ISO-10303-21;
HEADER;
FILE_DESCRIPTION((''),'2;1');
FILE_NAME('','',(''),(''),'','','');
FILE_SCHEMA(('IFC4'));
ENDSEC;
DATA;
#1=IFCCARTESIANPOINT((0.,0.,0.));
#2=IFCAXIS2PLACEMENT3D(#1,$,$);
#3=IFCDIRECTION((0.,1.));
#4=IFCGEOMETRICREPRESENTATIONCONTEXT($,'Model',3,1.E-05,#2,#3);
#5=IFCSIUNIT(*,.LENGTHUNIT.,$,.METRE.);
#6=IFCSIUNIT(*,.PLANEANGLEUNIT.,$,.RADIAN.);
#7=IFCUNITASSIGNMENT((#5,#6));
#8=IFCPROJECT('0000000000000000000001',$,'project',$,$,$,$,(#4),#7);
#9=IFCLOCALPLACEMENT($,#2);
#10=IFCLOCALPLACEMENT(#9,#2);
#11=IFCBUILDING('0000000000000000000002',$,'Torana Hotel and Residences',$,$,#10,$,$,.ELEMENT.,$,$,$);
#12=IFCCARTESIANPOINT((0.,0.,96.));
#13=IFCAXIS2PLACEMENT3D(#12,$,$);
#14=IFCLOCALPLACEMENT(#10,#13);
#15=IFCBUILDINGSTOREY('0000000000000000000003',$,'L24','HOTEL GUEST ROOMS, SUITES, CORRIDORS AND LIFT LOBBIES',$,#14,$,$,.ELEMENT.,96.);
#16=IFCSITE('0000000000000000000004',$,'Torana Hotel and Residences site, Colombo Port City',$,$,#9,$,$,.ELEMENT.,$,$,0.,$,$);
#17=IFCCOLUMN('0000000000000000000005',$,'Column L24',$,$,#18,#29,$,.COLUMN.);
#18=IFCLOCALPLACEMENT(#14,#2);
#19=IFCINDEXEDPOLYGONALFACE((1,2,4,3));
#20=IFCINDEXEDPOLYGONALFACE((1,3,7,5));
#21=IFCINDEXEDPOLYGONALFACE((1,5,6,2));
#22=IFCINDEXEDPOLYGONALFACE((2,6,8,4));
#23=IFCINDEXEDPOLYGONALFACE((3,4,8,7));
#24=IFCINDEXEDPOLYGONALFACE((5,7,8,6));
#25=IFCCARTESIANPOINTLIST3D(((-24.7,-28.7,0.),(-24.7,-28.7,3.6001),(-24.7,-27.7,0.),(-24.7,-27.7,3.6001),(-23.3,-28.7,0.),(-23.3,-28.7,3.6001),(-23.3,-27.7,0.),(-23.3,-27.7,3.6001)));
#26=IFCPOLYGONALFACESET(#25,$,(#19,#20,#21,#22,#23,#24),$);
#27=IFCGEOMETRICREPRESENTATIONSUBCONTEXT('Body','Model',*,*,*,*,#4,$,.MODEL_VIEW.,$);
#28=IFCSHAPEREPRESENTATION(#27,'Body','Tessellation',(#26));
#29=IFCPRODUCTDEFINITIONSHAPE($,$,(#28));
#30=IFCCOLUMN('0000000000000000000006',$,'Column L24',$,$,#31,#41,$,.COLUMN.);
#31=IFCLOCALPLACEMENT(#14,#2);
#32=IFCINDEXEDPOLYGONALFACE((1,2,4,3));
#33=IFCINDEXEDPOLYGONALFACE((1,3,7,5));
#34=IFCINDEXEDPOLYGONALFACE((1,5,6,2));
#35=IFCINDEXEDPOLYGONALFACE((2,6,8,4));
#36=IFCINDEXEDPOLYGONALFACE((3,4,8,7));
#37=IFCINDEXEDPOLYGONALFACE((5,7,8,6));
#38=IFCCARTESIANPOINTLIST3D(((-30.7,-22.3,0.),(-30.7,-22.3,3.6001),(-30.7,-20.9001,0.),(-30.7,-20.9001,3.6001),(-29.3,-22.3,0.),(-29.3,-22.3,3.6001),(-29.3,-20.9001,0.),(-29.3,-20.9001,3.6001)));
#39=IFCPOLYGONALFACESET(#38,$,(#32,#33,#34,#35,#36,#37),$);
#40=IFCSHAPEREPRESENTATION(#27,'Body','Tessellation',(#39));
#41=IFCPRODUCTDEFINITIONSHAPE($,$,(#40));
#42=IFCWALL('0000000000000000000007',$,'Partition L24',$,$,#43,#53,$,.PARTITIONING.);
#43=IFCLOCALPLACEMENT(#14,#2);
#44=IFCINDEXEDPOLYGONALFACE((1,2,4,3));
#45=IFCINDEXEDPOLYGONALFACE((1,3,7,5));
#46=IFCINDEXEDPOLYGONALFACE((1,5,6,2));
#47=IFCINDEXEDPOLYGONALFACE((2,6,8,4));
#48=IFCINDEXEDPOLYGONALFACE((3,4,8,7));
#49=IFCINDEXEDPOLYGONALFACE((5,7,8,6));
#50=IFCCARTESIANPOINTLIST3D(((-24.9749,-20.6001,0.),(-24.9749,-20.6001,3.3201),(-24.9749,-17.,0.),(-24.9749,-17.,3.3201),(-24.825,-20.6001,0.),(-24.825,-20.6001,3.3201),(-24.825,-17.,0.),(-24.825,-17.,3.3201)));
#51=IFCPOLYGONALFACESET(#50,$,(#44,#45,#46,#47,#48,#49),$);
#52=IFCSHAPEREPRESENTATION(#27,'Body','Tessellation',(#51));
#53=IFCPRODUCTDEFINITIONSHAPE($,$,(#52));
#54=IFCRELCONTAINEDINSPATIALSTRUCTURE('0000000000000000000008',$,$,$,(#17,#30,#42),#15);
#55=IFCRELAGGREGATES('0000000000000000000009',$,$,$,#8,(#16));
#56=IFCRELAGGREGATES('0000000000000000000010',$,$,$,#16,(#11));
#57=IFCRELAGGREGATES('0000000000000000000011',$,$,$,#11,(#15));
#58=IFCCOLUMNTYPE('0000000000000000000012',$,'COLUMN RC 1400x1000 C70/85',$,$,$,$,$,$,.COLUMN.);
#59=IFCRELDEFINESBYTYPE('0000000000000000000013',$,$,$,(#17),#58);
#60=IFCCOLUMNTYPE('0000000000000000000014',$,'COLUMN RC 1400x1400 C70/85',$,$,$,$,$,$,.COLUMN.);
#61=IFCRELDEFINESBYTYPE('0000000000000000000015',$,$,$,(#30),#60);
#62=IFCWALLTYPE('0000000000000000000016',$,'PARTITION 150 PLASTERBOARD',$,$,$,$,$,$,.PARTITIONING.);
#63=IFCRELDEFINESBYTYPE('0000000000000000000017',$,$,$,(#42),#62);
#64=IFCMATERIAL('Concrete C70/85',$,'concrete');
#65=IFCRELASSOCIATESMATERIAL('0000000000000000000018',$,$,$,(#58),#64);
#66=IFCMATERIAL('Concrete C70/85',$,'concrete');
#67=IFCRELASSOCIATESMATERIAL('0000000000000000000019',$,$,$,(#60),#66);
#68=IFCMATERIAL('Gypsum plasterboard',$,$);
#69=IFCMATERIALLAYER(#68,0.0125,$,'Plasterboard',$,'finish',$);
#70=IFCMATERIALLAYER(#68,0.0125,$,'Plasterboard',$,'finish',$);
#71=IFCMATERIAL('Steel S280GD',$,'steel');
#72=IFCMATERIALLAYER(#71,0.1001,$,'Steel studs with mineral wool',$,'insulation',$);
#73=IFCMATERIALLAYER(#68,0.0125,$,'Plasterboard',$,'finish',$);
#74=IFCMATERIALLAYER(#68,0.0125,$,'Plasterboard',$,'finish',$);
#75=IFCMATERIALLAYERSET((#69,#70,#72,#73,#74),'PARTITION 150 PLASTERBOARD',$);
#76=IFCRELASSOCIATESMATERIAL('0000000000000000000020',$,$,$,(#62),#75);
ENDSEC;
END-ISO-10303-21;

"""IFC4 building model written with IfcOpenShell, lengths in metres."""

from ifc_helpers import new_model, si_unit, direction, frame, frame_2d, origin, origin_2d, place, context, subcontext, project, spatial, rectangle, extrude, material, layer, layer_set, material_profile, profile_set, type_object, element, save


model = new_model("IFC4")

# Units and contexts
model_context = context("Model", 3, precision=1e-05, world=origin(), true_north=direction((0.0, 1.0)))
body_context = subcontext(model_context, "Body", "Model", "MODEL_VIEW")
ifc_project = project(units=[si_unit("LENGTHUNIT", "METRE"), si_unit("PLANEANGLEUNIT", "RADIAN")], contexts=[model_context])

# Site, building, storey
site_placement = place(None, origin())
site = spatial("IfcSite", under=ifc_project, at=site_placement, Name="Torana Hotel and Residences site, Colombo Port City", CompositionType="ELEMENT", RefElevation=0.0)
building_placement = place(site_placement, origin())
building = spatial("IfcBuilding", under=site, at=building_placement, Name="Torana Hotel and Residences", CompositionType="ELEMENT")
storey_placement = place(building_placement, frame((0.0, 0.0, 96.0)))
storey = spatial("IfcBuildingStorey", under=building, at=storey_placement, Name="L24", Description="HOTEL GUEST ROOMS, SUITES, CORRIDORS AND LIFT LOBBIES", CompositionType="ELEMENT", Elevation=96.0)

# Columns
ifc_material_1 = material(Name="Concrete C70/85", Category="concrete")
ifc_material_profile_1 = material_profile(ifc_material_1, rectangle(XDim=1.3999, YDim=1.0, at=origin_2d()), Name="RC 1400x1000")
ifc_profile_set_1 = profile_set([ifc_material_profile_1], Name="Concrete C70/85")
column_type_1 = type_object("IfcColumnType", Name="COLUMN RC 1400x1000 C70/85", PredefinedType="COLUMN", material=ifc_profile_set_1)
column_1_placement = place(storey_placement, frame((-24.0, -28.2, 0.0), z_axis=(0.0, 0.0, 1.0), x_axis=(1.0, 0.0, 0.0)))
element("IfcColumn", 1, at=column_1_placement, inside=storey, type_object=column_type_1, Name="Column L24", PredefinedType="COLUMN", context=body_context, shape_type="SweptSolid", body=[
    extrude(rectangle(XDim=1.3999, YDim=1.0, at=origin_2d()), origin(), (0.0, 0.0, 1.0), 3.6001),
])
ifc_material_2 = material(Name="Concrete C70/85", Category="concrete")
ifc_material_profile_2 = material_profile(ifc_material_2, rectangle(XDim=1.3999, YDim=1.3999, at=origin_2d()), Name="RC 1400x1400")
ifc_profile_set_2 = profile_set([ifc_material_profile_2], Name="Concrete C70/85")
column_type_2 = type_object("IfcColumnType", Name="COLUMN RC 1400x1400 C70/85", PredefinedType="COLUMN", material=ifc_profile_set_2)
column_2_placement = place(storey_placement, frame((-30.0, -21.6001, 0.0), z_axis=(0.0, 0.0, 1.0), x_axis=(1.0, 0.0, 0.0)))
element("IfcColumn", 2, at=column_2_placement, inside=storey, type_object=column_type_2, Name="Column L24", PredefinedType="COLUMN", context=body_context, shape_type="SweptSolid", body=[
    extrude(rectangle(XDim=1.3999, YDim=1.3999, at=origin_2d()), origin(), (0.0, 0.0, 1.0), 3.6001),
])

# Wall
ifc_material_3 = material(Name="Gypsum plasterboard")
ifc_layer_1 = layer(ifc_material_3, 0.0125, Name="Plasterboard", Category="finish")
ifc_layer_2 = layer(ifc_material_3, 0.0125, Name="Plasterboard", Category="finish")
ifc_material_4 = material(Name="Steel S280GD", Category="steel")
ifc_layer_3 = layer(ifc_material_4, 0.1001, Name="Steel studs with mineral wool", Category="insulation")
ifc_layer_4 = layer(ifc_material_3, 0.0125, Name="Plasterboard", Category="finish")
ifc_layer_5 = layer(ifc_material_3, 0.0125, Name="Plasterboard", Category="finish")
ifc_layer_set = layer_set([ifc_layer_1, ifc_layer_2, ifc_layer_3, ifc_layer_4, ifc_layer_5], Name="PARTITION 150 PLASTERBOARD")
wall_type = type_object("IfcWallType", Name="PARTITION 150 PLASTERBOARD", PredefinedType="PARTITIONING", material=ifc_layer_set)
wall_placement = place(storey_placement, frame((-24.8999, -20.6001, 0.0), z_axis=(0.0, 0.0, 1.0), x_axis=(0.0, 1.0, 0.0)))
element("IfcWall", 3, at=wall_placement, inside=storey, type_object=wall_type, Name="Partition L24", PredefinedType="PARTITIONING", context=body_context, shape_type="SweptSolid", body=[
    extrude(rectangle(XDim=3.6001, YDim=0.1499, at=frame_2d((1.8, 0.0))), origin(), (0.0, 0.0, 1.0), 3.3201),
])

save(model, "model.ifc")
